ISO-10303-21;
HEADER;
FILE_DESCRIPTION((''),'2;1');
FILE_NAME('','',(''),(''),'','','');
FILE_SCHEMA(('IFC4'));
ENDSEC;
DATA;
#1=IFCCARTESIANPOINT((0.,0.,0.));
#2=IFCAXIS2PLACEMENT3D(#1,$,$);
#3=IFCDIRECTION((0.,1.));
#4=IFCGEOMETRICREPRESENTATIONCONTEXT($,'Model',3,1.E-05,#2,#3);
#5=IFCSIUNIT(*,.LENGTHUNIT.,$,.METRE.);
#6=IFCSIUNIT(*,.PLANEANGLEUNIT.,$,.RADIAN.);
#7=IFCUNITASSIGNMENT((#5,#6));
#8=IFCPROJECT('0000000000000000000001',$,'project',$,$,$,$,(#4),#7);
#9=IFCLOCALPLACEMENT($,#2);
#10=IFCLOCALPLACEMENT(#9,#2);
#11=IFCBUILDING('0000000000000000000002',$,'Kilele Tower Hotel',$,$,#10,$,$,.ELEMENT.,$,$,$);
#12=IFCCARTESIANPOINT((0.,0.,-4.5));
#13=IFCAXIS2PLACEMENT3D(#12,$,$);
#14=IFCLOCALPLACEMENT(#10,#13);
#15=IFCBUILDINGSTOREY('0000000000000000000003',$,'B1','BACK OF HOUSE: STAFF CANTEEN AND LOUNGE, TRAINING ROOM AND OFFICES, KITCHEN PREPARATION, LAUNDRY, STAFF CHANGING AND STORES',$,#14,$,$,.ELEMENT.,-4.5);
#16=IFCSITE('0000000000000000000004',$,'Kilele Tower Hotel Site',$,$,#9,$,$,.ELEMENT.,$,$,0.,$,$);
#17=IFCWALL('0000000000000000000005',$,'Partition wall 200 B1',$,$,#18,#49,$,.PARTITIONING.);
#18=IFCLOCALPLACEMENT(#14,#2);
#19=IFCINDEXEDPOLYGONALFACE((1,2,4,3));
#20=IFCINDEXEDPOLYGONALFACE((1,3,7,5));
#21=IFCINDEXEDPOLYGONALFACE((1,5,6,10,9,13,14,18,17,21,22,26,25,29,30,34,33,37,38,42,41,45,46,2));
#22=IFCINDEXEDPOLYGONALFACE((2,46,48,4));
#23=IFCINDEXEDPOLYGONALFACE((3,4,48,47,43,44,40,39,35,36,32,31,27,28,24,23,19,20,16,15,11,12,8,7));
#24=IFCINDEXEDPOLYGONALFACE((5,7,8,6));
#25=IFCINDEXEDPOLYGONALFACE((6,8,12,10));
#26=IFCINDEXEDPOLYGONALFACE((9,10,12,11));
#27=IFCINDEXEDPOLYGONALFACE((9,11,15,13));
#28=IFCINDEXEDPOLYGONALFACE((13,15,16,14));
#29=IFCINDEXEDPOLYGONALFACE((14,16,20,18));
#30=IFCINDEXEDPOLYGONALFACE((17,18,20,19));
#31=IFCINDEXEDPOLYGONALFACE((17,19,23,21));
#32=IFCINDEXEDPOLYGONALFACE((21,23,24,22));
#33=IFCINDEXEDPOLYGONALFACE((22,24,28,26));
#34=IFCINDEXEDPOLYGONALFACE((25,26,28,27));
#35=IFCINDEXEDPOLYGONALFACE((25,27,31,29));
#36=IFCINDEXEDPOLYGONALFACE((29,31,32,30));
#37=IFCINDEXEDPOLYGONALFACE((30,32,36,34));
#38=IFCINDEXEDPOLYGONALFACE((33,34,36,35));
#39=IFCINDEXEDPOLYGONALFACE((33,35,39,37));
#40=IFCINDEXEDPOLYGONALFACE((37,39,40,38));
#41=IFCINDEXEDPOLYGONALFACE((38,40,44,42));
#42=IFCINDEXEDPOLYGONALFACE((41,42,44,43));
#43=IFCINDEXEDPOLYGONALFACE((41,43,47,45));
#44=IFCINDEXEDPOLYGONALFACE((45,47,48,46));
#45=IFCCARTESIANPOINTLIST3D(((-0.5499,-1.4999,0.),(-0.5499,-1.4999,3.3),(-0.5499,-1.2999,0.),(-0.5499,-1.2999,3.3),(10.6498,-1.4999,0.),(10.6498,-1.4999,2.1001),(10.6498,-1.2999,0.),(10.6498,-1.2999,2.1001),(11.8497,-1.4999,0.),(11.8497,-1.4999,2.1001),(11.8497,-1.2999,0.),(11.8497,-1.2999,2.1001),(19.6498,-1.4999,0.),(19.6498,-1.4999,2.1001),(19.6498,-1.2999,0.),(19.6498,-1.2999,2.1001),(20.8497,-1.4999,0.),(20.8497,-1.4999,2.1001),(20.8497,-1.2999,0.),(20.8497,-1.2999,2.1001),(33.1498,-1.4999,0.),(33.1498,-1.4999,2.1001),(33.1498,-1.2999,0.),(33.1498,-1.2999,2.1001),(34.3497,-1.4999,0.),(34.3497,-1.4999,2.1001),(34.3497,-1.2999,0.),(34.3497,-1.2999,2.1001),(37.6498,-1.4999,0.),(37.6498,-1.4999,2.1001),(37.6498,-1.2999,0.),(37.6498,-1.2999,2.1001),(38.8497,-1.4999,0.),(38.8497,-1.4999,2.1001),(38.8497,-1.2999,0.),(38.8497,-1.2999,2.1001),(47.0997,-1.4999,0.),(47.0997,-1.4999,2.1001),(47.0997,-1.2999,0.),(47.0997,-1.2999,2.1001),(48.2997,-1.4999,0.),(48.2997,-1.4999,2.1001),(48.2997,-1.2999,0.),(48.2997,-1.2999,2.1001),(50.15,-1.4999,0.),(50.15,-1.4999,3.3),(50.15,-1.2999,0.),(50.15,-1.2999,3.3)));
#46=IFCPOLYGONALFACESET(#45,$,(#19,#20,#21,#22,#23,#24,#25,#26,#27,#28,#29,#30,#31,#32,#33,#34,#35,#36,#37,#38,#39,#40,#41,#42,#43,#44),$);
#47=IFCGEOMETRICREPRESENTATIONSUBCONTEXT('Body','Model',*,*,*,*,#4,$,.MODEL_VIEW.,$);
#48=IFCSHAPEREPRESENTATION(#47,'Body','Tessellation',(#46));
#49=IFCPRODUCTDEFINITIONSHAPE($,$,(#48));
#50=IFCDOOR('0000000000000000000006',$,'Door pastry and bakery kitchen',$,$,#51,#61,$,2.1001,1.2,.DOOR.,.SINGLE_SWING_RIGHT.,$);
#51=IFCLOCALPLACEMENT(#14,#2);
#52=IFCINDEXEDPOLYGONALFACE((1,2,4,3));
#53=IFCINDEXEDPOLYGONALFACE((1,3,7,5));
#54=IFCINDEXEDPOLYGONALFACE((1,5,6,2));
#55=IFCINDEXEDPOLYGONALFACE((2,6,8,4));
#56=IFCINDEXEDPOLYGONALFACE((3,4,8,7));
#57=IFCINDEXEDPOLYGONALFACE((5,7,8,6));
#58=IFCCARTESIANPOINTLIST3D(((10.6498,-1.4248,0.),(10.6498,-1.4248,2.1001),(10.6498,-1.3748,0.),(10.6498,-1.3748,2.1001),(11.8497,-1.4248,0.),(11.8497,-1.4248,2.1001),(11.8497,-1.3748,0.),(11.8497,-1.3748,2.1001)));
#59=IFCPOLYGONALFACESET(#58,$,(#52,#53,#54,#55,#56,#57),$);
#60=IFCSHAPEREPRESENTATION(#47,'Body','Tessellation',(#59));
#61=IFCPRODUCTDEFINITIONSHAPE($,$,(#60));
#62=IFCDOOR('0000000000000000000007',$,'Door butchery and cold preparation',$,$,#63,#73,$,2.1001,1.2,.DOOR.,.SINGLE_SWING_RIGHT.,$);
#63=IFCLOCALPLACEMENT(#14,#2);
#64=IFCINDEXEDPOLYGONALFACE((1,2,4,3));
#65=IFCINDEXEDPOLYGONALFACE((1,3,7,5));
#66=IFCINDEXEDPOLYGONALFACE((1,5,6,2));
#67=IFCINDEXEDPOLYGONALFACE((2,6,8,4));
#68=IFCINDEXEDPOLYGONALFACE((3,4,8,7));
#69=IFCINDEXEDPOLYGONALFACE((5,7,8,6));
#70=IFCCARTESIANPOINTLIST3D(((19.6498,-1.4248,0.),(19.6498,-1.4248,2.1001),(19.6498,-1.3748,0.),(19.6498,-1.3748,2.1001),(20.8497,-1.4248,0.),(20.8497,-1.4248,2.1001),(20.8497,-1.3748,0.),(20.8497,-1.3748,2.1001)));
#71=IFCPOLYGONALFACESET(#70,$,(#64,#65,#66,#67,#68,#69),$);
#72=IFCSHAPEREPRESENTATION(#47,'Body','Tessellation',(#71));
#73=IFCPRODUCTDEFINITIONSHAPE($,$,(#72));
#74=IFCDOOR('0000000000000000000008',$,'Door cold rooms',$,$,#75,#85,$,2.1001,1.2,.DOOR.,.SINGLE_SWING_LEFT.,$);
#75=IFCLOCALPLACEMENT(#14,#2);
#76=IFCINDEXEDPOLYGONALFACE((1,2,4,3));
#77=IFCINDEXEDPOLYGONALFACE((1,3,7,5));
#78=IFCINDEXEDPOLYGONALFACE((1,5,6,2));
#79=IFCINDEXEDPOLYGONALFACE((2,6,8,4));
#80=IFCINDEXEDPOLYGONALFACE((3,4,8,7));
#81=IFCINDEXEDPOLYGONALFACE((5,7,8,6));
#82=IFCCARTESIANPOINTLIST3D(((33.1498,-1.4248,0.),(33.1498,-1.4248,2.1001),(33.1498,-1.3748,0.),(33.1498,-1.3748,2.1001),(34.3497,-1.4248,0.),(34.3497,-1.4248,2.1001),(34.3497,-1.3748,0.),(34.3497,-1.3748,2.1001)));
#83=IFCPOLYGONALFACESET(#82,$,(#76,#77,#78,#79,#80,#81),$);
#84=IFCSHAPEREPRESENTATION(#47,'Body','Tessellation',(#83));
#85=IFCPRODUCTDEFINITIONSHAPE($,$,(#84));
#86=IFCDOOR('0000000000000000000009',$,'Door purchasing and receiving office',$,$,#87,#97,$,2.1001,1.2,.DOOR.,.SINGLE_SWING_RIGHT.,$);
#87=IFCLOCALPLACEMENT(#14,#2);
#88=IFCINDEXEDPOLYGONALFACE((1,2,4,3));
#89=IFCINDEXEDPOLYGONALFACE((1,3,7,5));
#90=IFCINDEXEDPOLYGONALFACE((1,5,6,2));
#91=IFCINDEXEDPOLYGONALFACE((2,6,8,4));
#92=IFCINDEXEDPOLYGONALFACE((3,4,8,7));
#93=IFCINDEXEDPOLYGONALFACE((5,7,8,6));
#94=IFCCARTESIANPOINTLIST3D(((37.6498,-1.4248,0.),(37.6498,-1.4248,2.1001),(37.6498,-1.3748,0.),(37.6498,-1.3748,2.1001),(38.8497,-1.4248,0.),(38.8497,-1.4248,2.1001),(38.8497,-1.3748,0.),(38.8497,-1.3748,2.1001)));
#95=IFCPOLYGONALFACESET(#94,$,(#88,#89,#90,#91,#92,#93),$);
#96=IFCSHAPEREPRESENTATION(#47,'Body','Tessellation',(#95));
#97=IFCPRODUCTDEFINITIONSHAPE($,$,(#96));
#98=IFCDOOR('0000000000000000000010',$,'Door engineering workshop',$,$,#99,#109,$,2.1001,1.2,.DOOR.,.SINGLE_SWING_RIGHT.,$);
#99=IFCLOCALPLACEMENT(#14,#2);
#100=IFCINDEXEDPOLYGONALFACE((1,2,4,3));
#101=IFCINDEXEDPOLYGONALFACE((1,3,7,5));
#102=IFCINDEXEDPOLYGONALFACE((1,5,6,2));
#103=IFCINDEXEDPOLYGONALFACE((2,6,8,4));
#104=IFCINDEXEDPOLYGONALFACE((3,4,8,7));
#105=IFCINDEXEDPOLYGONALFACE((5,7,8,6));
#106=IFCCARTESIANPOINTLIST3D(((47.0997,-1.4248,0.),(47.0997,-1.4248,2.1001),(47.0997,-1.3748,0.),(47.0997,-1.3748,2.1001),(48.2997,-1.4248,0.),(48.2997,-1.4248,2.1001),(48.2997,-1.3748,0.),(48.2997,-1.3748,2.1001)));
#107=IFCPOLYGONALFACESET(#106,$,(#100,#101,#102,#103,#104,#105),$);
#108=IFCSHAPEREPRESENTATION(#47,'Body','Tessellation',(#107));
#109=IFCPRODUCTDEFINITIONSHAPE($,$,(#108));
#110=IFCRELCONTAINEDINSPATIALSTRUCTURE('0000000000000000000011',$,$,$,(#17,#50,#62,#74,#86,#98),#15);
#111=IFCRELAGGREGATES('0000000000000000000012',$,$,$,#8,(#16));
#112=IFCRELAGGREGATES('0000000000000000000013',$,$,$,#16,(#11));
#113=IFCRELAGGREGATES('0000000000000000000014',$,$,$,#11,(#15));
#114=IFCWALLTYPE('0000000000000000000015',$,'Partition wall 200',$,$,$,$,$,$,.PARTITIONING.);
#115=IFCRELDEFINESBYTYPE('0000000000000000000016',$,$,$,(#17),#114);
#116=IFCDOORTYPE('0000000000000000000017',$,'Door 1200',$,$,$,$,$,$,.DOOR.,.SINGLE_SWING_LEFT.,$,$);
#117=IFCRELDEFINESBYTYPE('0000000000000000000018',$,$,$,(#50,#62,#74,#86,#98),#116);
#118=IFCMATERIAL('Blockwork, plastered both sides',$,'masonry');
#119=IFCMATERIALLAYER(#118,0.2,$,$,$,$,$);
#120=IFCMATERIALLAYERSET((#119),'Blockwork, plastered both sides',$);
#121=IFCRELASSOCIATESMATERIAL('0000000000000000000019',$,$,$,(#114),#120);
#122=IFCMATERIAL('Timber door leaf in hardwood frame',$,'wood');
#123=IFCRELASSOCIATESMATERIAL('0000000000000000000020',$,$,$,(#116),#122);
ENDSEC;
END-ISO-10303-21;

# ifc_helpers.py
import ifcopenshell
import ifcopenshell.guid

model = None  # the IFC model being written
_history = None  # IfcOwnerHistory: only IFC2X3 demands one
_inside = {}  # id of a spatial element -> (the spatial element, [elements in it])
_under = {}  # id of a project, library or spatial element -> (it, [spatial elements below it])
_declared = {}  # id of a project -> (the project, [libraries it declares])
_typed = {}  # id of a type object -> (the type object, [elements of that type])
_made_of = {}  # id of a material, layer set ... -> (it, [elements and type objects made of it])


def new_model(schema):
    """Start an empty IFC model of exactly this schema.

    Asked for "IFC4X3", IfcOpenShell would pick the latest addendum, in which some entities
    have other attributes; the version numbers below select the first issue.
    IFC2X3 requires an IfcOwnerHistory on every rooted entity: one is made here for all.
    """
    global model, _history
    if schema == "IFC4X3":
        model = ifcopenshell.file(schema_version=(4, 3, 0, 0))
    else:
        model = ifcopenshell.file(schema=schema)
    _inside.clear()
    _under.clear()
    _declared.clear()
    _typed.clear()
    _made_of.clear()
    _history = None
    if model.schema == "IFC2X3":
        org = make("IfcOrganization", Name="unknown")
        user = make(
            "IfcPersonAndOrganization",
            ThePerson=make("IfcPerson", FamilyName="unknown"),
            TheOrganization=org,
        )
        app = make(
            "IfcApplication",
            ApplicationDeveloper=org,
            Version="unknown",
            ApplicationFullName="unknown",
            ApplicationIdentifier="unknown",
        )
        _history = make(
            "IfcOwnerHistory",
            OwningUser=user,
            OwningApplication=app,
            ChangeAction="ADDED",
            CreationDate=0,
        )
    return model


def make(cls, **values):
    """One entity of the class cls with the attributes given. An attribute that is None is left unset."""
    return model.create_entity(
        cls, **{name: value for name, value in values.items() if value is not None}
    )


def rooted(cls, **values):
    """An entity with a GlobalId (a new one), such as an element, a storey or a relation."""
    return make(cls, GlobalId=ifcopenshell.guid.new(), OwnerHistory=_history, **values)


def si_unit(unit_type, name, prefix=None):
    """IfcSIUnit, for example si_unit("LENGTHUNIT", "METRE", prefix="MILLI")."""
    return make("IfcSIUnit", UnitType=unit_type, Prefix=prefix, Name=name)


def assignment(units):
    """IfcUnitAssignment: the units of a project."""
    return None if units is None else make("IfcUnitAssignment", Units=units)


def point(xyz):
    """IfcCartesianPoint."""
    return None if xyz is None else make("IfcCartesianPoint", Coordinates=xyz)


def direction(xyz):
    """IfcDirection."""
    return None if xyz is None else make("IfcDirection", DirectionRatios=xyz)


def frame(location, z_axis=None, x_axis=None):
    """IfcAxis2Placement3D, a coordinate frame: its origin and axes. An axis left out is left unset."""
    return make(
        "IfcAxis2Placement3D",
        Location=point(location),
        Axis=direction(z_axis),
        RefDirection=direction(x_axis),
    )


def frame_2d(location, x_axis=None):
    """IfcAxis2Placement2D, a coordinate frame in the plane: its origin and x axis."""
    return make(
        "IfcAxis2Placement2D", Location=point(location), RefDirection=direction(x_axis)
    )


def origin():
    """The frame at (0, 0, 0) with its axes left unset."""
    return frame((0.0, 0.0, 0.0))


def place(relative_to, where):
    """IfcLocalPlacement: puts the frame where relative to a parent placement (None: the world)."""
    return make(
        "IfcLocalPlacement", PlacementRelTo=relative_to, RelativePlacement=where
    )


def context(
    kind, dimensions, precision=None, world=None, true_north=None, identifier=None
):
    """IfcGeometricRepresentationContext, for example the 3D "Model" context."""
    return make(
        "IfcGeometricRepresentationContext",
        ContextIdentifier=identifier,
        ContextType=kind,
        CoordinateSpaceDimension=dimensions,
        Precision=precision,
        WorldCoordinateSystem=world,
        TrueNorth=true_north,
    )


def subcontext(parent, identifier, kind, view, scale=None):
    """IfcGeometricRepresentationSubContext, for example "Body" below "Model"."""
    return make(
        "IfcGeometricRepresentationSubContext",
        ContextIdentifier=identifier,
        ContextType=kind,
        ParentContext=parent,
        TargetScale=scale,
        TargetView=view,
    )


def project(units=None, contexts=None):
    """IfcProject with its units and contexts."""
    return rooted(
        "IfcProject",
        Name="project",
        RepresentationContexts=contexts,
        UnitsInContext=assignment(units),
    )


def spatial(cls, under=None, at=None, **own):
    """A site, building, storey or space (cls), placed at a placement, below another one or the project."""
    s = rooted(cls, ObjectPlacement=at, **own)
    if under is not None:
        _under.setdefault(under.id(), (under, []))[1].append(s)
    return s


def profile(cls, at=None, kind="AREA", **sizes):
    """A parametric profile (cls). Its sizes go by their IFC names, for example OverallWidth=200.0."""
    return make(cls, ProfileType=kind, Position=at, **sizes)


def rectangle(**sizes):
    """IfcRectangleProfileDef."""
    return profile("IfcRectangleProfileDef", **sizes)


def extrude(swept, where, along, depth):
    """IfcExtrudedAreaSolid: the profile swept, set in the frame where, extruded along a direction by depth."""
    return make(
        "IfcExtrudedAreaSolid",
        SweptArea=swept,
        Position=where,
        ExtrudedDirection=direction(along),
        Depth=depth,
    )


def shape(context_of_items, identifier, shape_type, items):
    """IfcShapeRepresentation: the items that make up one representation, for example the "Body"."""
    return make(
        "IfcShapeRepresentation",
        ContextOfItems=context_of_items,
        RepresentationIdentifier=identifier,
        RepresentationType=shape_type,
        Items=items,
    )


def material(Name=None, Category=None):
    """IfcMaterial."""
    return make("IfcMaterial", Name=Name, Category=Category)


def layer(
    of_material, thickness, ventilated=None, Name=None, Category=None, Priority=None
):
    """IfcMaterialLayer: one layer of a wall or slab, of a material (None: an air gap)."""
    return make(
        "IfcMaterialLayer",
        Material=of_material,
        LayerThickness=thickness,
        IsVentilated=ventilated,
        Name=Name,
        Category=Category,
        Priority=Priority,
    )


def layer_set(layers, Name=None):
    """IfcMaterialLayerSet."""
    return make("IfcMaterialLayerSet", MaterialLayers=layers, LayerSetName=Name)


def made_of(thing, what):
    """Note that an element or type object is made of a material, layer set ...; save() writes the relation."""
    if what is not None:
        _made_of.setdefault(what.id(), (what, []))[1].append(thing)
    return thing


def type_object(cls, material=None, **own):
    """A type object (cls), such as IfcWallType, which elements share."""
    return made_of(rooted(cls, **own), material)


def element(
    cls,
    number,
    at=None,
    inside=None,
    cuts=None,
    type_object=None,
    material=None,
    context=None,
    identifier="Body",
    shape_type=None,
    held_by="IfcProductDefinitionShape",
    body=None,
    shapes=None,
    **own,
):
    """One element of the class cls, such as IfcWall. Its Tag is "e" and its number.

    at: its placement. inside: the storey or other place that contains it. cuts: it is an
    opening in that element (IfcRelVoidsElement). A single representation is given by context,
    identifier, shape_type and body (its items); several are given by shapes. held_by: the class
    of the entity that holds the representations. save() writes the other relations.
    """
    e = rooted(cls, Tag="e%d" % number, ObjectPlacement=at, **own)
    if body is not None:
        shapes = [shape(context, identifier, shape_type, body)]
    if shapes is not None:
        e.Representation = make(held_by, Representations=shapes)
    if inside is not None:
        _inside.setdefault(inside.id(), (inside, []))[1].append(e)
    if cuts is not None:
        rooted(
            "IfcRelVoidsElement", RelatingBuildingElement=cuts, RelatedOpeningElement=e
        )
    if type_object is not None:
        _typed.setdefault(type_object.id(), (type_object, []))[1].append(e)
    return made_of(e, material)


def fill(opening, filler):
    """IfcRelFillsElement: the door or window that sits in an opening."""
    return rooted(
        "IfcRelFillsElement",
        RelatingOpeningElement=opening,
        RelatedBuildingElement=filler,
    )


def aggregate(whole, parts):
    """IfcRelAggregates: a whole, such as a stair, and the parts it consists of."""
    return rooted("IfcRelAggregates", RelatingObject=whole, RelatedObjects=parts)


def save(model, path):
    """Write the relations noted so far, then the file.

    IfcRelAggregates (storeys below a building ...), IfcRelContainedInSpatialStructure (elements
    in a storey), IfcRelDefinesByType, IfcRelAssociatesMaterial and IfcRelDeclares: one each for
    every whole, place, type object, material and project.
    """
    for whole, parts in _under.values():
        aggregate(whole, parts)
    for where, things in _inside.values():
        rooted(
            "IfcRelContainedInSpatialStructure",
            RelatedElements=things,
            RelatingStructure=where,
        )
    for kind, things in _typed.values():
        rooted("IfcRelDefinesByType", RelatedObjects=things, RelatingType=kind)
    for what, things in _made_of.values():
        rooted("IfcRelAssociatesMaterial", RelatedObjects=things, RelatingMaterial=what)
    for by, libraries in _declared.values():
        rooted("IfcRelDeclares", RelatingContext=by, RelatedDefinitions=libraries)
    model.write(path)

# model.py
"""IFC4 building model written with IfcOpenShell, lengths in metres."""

from ifc_helpers import new_model, si_unit, direction, frame, frame_2d, origin, place, context, subcontext, project, spatial, rectangle, extrude, material, layer, layer_set, type_object, element, fill, save


model = new_model("IFC4")

# Units and contexts
model_context = context("Model", 3, precision=1e-05, world=origin(), true_north=direction((0.0, 1.0)))
body_context = subcontext(model_context, "Body", "Model", "MODEL_VIEW")
ifc_project = project(units=[si_unit("LENGTHUNIT", "METRE"), si_unit("PLANEANGLEUNIT", "RADIAN")], contexts=[model_context])

# Site, building, storey
site_placement = place(None, origin())
site = spatial("IfcSite", under=ifc_project, at=site_placement, Name="Kilele Tower Hotel Site", CompositionType="ELEMENT", RefElevation=0.0)
building_placement = place(site_placement, origin())
building = spatial("IfcBuilding", under=site, at=building_placement, Name="Kilele Tower Hotel", CompositionType="ELEMENT")
storey_placement = place(building_placement, frame((0.0, 0.0, -4.5)))
storey = spatial("IfcBuildingStorey", under=building, at=storey_placement, Name="B1", Description="BACK OF HOUSE: STAFF CANTEEN AND LOUNGE, TRAINING ROOM AND OFFICES, KITCHEN PREPARATION, LAUNDRY, STAFF CHANGING AND STORES", CompositionType="ELEMENT", Elevation=-4.5)

# Shared definitions
ifc_material_1 = material(Name="Blockwork, plastered both sides", Category="masonry")
ifc_layer_1 = layer(ifc_material_1, 0.2)
ifc_layer_set_1 = layer_set([ifc_layer_1], Name="Blockwork, plastered both sides")
wall_type_1 = type_object("IfcWallType", Name="Partition wall 200", PredefinedType="PARTITIONING", material=ifc_layer_set_1)

# Wall, openings, doors
wall_1_placement = place(storey_placement, frame((-0.55, -1.3999, 0.0), z_axis=(0.0, 0.0, 1.0), x_axis=(1.0, 0.0, 0.0)))
wall_1 = element("IfcWall", 1, at=wall_1_placement, inside=storey, type_object=wall_type_1, Name="Partition wall 200 B1", PredefinedType="PARTITIONING", context=body_context, shape_type="SweptSolid", body=[
    extrude(rectangle(XDim=50.7, YDim=0.2, at=frame_2d((25.3501, 0.0))), origin(), (0.0, 0.0, 1.0), 3.3),
])
opening_1_placement = place(wall_1_placement, frame((12.3999, 0.0, 0.0), z_axis=(0.0, 0.0, 1.0), x_axis=(-1.0, 0.0, 0.0)))
opening_1 = element("IfcOpeningElement", 2, at=opening_1_placement, cuts=wall_1, PredefinedType="OPENING", context=body_context, shape_type="SweptSolid", body=[
    extrude(rectangle(XDim=1.2, YDim=2.1001, at=frame_2d((0.6001, 1.05))), frame((0.0, 0.1099, 0.0), z_axis=(0.0, -1.0, 0.0), x_axis=(1.0, 0.0, 0.0)), (0.0, 0.0, 1.0), 0.22),
])
opening_2_placement = place(wall_1_placement, frame((21.3999, 0.0, 0.0), z_axis=(0.0, 0.0, 1.0), x_axis=(-1.0, 0.0, 0.0)))
opening_2 = element("IfcOpeningElement", 3, at=opening_2_placement, cuts=wall_1, PredefinedType="OPENING", context=body_context, shape_type="SweptSolid", body=[
    extrude(rectangle(XDim=1.2, YDim=2.1001, at=frame_2d((0.6001, 1.05))), frame((0.0, 0.1099, 0.0), z_axis=(0.0, -1.0, 0.0), x_axis=(1.0, 0.0, 0.0)), (0.0, 0.0, 1.0), 0.22),
])
opening_3_placement = place(wall_1_placement, frame((34.8999, 0.0, 0.0), z_axis=(0.0, 0.0, 1.0), x_axis=(-1.0, 0.0, 0.0)))
opening_3 = element("IfcOpeningElement", 4, at=opening_3_placement, cuts=wall_1, PredefinedType="OPENING", context=body_context, shape_type="SweptSolid", body=[
    extrude(rectangle(XDim=1.2, YDim=2.1001, at=frame_2d((0.6001, 1.05))), frame((0.0, 0.1099, 0.0), z_axis=(0.0, -1.0, 0.0), x_axis=(1.0, 0.0, 0.0)), (0.0, 0.0, 1.0), 0.22),
])
opening_4_placement = place(wall_1_placement, frame((39.3999, 0.0, 0.0), z_axis=(0.0, 0.0, 1.0), x_axis=(-1.0, 0.0, 0.0)))
opening_4 = element("IfcOpeningElement", 5, at=opening_4_placement, cuts=wall_1, PredefinedType="OPENING", context=body_context, shape_type="SweptSolid", body=[
    extrude(rectangle(XDim=1.2, YDim=2.1001, at=frame_2d((0.6001, 1.05))), frame((0.0, 0.1099, 0.0), z_axis=(0.0, -1.0, 0.0), x_axis=(1.0, 0.0, 0.0)), (0.0, 0.0, 1.0), 0.22),
])
opening_5_placement = place(wall_1_placement, frame((48.8499, 0.0, 0.0), z_axis=(0.0, 0.0, 1.0), x_axis=(-1.0, 0.0, 0.0)))
opening_5 = element("IfcOpeningElement", 6, at=opening_5_placement, cuts=wall_1, PredefinedType="OPENING", context=body_context, shape_type="SweptSolid", body=[
    extrude(rectangle(XDim=1.2, YDim=2.1001, at=frame_2d((0.6001, 1.05))), frame((0.0, 0.1099, 0.0), z_axis=(0.0, -1.0, 0.0), x_axis=(1.0, 0.0, 0.0)), (0.0, 0.0, 1.0), 0.22),
])
ifc_material_2 = material(Name="Timber door leaf in hardwood frame", Category="wood")
door_type = type_object("IfcDoorType", Name="Door 1200", OperationType="SINGLE_SWING_LEFT", PredefinedType="DOOR", material=ifc_material_2)
door_1_placement = place(opening_1_placement, origin())
door_1 = element("IfcDoor", 7, at=door_1_placement, inside=storey, type_object=door_type, Name="Door pastry and bakery kitchen", OperationType="SINGLE_SWING_RIGHT", OverallHeight=2.1001, OverallWidth=1.2, PredefinedType="DOOR", context=body_context, shape_type="SweptSolid", body=[
    extrude(rectangle(XDim=1.2, YDim=2.1001, at=frame_2d((0.6001, 1.05))), frame((0.0, 0.0249, 0.0), z_axis=(0.0, -1.0, 0.0), x_axis=(1.0, 0.0, 0.0)), (0.0, 0.0, 1.0), 0.05),
])
fill(opening_1, door_1)
door_2_placement = place(opening_2_placement, origin())
door_2 = element("IfcDoor", 8, at=door_2_placement, inside=storey, type_object=door_type, Name="Door butchery and cold preparation", OperationType="SINGLE_SWING_RIGHT", OverallHeight=2.1001, OverallWidth=1.2, PredefinedType="DOOR", context=body_context, shape_type="SweptSolid", body=[
    extrude(rectangle(XDim=1.2, YDim=2.1001, at=frame_2d((0.6001, 1.05))), frame((0.0, 0.0249, 0.0), z_axis=(0.0, -1.0, 0.0), x_axis=(1.0, 0.0, 0.0)), (0.0, 0.0, 1.0), 0.05),
])
fill(opening_2, door_2)
door_3_placement = place(opening_3_placement, origin())
door_3 = element("IfcDoor", 9, at=door_3_placement, inside=storey, type_object=door_type, Name="Door cold rooms", OperationType="SINGLE_SWING_LEFT", OverallHeight=2.1001, OverallWidth=1.2, PredefinedType="DOOR", context=body_context, shape_type="SweptSolid", body=[
    extrude(rectangle(XDim=1.2, YDim=2.1001, at=frame_2d((0.6001, 1.05))), frame((0.0, 0.0249, 0.0), z_axis=(0.0, -1.0, 0.0), x_axis=(1.0, 0.0, 0.0)), (0.0, 0.0, 1.0), 0.05),
])
fill(opening_3, door_3)
door_4_placement = place(opening_4_placement, origin())
door_4 = element("IfcDoor", 10, at=door_4_placement, inside=storey, type_object=door_type, Name="Door purchasing and receiving office", OperationType="SINGLE_SWING_RIGHT", OverallHeight=2.1001, OverallWidth=1.2, PredefinedType="DOOR", context=body_context, shape_type="SweptSolid", body=[
    extrude(rectangle(XDim=1.2, YDim=2.1001, at=frame_2d((0.6001, 1.05))), frame((0.0, 0.0249, 0.0), z_axis=(0.0, -1.0, 0.0), x_axis=(1.0, 0.0, 0.0)), (0.0, 0.0, 1.0), 0.05),
])
fill(opening_4, door_4)
door_5_placement = place(opening_5_placement, origin())
door_5 = element("IfcDoor", 11, at=door_5_placement, inside=storey, type_object=door_type, Name="Door engineering workshop", OperationType="SINGLE_SWING_RIGHT", OverallHeight=2.1001, OverallWidth=1.2, PredefinedType="DOOR", context=body_context, shape_type="SweptSolid", body=[
    extrude(rectangle(XDim=1.2, YDim=2.1001, at=frame_2d((0.6001, 1.05))), frame((0.0, 0.0249, 0.0), z_axis=(0.0, -1.0, 0.0), x_axis=(1.0, 0.0, 0.0)), (0.0, 0.0, 1.0), 0.05),
])
fill(opening_5, door_5)

save(model, "model.ifc")
